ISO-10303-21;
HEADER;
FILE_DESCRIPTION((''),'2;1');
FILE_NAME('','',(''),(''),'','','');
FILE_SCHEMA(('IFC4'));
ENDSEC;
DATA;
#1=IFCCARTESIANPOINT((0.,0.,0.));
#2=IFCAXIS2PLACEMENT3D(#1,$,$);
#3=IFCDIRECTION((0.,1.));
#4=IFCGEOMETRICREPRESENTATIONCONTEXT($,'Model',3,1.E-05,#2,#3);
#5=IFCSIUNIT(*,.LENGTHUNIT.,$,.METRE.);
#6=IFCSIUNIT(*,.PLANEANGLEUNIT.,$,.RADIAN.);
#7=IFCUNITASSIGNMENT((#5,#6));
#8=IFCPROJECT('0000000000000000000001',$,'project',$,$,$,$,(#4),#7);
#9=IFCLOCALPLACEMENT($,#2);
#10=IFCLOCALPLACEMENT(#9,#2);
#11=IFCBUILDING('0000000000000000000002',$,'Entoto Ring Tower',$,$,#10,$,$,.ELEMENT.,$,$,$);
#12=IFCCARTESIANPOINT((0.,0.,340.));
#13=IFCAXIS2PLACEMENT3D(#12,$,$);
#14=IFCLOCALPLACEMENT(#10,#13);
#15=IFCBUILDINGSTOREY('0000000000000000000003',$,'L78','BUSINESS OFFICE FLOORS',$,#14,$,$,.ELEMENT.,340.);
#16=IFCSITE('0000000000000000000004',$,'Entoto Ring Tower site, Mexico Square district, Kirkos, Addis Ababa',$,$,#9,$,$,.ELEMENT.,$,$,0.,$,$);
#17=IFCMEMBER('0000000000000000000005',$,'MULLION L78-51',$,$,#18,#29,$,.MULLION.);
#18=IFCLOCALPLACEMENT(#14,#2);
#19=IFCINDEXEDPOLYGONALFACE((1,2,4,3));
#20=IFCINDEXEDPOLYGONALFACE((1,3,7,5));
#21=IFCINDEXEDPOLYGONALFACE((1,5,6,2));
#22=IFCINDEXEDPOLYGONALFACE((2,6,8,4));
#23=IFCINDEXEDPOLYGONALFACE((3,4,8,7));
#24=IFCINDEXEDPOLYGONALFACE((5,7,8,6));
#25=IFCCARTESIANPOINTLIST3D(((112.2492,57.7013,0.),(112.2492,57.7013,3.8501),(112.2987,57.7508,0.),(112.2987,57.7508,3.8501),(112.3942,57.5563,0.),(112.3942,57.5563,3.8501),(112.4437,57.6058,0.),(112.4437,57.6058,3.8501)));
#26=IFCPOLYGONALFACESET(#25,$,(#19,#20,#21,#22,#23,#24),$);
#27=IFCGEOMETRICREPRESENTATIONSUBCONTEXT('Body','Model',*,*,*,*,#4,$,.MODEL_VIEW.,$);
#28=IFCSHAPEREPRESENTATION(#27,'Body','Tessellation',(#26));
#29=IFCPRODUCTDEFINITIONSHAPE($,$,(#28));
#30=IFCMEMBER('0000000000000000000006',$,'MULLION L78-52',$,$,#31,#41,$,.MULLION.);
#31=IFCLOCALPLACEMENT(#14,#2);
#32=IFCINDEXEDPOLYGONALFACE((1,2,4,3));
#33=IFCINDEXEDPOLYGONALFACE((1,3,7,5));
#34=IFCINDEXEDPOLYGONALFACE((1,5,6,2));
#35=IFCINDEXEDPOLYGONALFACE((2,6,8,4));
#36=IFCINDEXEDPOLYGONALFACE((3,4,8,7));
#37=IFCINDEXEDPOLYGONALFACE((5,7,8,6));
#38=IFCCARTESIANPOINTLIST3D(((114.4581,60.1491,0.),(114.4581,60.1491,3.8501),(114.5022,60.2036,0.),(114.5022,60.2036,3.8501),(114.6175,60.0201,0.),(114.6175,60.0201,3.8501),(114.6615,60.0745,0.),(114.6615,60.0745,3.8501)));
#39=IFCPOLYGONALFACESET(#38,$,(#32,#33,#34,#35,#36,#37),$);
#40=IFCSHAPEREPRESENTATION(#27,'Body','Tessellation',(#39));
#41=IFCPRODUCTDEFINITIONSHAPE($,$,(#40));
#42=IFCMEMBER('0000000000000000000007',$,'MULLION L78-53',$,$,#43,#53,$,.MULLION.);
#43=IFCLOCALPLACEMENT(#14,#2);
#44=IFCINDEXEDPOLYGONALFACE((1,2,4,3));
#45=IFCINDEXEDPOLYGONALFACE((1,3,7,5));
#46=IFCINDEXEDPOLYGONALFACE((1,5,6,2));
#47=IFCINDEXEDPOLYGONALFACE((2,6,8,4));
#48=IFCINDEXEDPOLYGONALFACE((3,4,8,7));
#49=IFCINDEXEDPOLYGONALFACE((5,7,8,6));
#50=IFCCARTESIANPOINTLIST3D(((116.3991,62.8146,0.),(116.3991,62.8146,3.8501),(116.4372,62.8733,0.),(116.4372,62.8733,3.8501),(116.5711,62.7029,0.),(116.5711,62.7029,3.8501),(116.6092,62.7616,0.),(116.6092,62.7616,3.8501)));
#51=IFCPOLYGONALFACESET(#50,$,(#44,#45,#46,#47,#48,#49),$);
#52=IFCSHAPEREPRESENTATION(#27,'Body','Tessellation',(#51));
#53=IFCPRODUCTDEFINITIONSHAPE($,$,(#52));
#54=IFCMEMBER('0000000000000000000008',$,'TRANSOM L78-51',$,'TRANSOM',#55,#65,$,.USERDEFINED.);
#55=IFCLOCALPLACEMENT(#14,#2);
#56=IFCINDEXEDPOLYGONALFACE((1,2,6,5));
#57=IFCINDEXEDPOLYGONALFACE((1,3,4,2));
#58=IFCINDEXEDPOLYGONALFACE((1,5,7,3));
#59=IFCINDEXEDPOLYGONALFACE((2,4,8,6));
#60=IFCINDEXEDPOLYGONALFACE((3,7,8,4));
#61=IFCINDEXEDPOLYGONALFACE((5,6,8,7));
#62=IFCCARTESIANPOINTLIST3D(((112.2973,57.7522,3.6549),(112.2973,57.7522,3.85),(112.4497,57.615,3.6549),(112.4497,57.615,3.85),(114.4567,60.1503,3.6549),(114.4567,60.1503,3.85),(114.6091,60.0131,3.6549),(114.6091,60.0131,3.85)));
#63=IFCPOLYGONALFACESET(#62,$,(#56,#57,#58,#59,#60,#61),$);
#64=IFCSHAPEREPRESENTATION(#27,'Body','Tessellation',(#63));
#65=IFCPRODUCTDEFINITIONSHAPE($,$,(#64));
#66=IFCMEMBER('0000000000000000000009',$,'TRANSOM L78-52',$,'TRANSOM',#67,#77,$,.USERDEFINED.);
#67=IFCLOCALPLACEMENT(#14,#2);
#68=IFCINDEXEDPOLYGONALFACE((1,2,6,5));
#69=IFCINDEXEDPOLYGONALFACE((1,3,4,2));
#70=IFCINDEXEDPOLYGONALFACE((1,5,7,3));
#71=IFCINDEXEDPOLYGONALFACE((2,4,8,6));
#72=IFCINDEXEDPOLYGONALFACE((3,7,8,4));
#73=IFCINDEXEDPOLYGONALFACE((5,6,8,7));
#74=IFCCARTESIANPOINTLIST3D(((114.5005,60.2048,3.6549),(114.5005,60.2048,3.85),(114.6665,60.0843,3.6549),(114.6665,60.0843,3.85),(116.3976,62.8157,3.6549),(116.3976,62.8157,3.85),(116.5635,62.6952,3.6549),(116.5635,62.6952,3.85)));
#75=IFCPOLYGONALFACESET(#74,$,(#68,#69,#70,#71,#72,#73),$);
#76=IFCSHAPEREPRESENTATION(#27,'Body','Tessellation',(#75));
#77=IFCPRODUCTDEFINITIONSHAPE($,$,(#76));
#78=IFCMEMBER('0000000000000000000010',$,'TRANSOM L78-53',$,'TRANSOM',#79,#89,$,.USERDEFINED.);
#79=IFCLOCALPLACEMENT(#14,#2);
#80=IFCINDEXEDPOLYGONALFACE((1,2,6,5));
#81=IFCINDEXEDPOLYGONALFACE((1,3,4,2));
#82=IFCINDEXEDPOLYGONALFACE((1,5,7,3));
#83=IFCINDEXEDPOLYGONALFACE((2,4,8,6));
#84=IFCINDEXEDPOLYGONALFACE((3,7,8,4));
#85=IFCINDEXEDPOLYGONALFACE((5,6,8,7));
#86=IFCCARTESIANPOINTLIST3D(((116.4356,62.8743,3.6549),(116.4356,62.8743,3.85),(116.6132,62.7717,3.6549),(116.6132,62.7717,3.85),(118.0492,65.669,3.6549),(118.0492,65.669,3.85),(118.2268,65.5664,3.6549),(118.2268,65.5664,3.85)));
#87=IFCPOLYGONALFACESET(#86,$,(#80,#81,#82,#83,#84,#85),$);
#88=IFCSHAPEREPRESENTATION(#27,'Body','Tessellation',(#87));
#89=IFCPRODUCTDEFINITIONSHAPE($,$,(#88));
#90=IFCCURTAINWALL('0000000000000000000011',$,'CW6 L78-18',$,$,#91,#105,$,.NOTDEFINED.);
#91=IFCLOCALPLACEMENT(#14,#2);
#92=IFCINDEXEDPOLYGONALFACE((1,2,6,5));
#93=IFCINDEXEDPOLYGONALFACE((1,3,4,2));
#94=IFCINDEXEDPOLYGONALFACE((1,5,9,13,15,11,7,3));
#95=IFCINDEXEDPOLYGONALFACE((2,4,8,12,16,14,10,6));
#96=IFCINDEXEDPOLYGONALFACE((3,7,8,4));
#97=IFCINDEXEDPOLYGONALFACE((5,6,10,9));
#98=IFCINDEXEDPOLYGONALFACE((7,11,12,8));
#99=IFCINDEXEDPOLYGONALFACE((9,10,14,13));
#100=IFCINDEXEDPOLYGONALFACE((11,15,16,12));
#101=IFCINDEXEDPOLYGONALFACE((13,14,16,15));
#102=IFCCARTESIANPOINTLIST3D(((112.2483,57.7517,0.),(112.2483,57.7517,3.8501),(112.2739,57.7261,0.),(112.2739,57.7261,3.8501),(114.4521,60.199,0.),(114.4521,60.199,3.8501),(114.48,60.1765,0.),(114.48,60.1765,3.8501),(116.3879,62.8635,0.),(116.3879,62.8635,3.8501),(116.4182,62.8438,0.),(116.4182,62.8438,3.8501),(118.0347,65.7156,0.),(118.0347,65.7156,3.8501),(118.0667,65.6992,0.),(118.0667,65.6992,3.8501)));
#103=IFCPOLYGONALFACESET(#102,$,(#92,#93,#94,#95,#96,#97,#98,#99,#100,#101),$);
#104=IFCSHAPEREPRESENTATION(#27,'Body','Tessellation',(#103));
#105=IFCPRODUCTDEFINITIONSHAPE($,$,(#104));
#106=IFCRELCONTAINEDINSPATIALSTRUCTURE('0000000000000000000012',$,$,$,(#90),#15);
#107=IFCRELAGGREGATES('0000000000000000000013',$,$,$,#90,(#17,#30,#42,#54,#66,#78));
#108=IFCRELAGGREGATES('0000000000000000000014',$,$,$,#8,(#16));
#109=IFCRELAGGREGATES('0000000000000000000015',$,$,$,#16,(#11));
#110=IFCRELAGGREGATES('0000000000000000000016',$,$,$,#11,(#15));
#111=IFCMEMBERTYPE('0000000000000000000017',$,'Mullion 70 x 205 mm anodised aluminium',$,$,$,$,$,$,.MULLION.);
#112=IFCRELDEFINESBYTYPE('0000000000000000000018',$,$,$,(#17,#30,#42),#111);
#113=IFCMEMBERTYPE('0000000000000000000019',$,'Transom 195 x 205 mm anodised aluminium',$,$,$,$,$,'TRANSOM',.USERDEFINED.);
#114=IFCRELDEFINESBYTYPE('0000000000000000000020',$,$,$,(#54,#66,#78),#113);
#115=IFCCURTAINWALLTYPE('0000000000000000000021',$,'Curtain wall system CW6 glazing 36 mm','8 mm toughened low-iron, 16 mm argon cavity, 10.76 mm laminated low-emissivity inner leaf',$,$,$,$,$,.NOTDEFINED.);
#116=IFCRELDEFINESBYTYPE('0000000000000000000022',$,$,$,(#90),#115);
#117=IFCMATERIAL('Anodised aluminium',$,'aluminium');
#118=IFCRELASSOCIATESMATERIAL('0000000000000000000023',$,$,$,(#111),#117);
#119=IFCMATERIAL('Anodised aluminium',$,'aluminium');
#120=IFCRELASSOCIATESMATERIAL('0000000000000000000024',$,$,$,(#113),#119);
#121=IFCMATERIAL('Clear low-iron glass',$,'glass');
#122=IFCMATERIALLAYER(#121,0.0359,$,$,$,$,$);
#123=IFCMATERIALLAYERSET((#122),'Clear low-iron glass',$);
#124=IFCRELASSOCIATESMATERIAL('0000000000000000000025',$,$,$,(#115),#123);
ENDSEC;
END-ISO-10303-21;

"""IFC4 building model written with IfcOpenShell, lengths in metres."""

from ifc_helpers import new_model, si_unit, direction, frame, origin, origin_2d, place, context, subcontext, project, spatial, polyline, rectangle, outline, extrude, material, layer, layer_set, material_profile, profile_set, type_object, element, aggregate, save


model = new_model("IFC4")

# Units and contexts
model_context = context("Model", 3, precision=1e-05, world=origin(), true_north=direction((0.0, 1.0)))
body_context = subcontext(model_context, "Body", "Model", "MODEL_VIEW")
ifc_project = project(units=[si_unit("LENGTHUNIT", "METRE"), si_unit("PLANEANGLEUNIT", "RADIAN")], contexts=[model_context])

# Members
ifc_material_1 = material(Name="Anodised aluminium", Category="aluminium")
ifc_material_profile_1 = material_profile(ifc_material_1, rectangle(XDim=0.0701, YDim=0.2051, at=origin_2d()), Name="Mullion 70 x 205 mm anodised aluminium")
ifc_profile_set_1 = profile_set([ifc_material_profile_1], Name="Anodised aluminium")
member_type_1 = type_object("IfcMemberType", Name="Mullion 70 x 205 mm anodised aluminium", PredefinedType="MULLION", material=ifc_profile_set_1)
site_placement = place(None, origin())
building_placement = place(site_placement, origin())
storey_placement = place(building_placement, frame((0.0, 0.0, 340.0)))
member_1_placement = place(storey_placement, frame((112.3464, 57.6536, 0.0), z_axis=(0.0, 0.0, 1.0), x_axis=(0.707107, 0.707107, 0.0)))
member_1 = element("IfcMember", 1, at=member_1_placement, type_object=member_type_1, Name="MULLION L78-51", PredefinedType="MULLION", context=body_context, shape_type="SweptSolid", body=[
    extrude(rectangle(XDim=0.0701, YDim=0.2051, at=origin_2d()), origin(), (0.0, 0.0, 1.0), 3.8501),
])
member_2_placement = place(storey_placement, frame((114.5598, 60.1118, 0.0), z_axis=(0.0, 0.0, 1.0), x_axis=(0.62932, 0.777146, 0.0)))
member_2 = element("IfcMember", 2, at=member_2_placement, type_object=member_type_1, Name="MULLION L78-52", PredefinedType="MULLION", context=body_context, shape_type="SweptSolid", body=[
    extrude(rectangle(XDim=0.0701, YDim=0.2051, at=origin_2d()), origin(), (0.0, 0.0, 1.0), 3.8501),
])
member_3_placement = place(storey_placement, frame((116.5042, 62.7881, 0.0), z_axis=(0.0, 0.0, 1.0), x_axis=(0.544639, 0.838671, 0.0)))
member_3 = element("IfcMember", 3, at=member_3_placement, type_object=member_type_1, Name="MULLION L78-53", PredefinedType="MULLION", context=body_context, shape_type="SweptSolid", body=[
    extrude(rectangle(XDim=0.0701, YDim=0.2051, at=origin_2d()), origin(), (0.0, 0.0, 1.0), 3.8501),
])
ifc_material_2 = material(Name="Anodised aluminium", Category="aluminium")
ifc_material_profile_2 = material_profile(ifc_material_2, rectangle(XDim=0.2051, YDim=0.1951, at=origin_2d()), Name="Transom 195 x 205 mm anodised aluminium")
ifc_profile_set_2 = profile_set([ifc_material_profile_2], Name="Anodised aluminium")
member_type_2 = type_object("IfcMemberType", Name="Transom 195 x 205 mm anodised aluminium", ElementType="TRANSOM", PredefinedType="USERDEFINED", material=ifc_profile_set_2)
member_4_placement = place(storey_placement, frame((112.3735, 57.6836, 3.7524), z_axis=(0.669144, 0.743132, 0.0), x_axis=(-0.743132, 0.669144, 0.0)))
member_4 = element("IfcMember", 4, at=member_4_placement, type_object=member_type_2, Name="TRANSOM L78-51", ObjectType="TRANSOM", PredefinedType="USERDEFINED", context=body_context, shape_type="SweptSolid", body=[
    extrude(rectangle(XDim=0.2051, YDim=0.1951, at=origin_2d()), origin(), (0.0, 0.0, 1.0), 3.2271),
])
member_5_placement = place(storey_placement, frame((114.5835, 60.1445, 3.7524), z_axis=(0.587803, 0.809004, 0.0), x_axis=(-0.809004, 0.587803, 0.0)))
member_5 = element("IfcMember", 5, at=member_5_placement, type_object=member_type_2, Name="TRANSOM L78-52", ObjectType="TRANSOM", PredefinedType="USERDEFINED", context=body_context, shape_type="SweptSolid", body=[
    extrude(rectangle(XDim=0.2051, YDim=0.1951, at=origin_2d()), origin(), (0.0, 0.0, 1.0), 3.2273),
])
member_6_placement = place(storey_placement, frame((116.5244, 62.823, 3.7524), z_axis=(0.500004, 0.866023, 0.0), x_axis=(-0.866023, 0.500004, 0.0)))
member_6 = element("IfcMember", 6, at=member_6_placement, type_object=member_type_2, Name="TRANSOM L78-53", ObjectType="TRANSOM", PredefinedType="USERDEFINED", context=body_context, shape_type="SweptSolid", body=[
    extrude(rectangle(XDim=0.2051, YDim=0.1951, at=origin_2d()), origin(), (0.0, 0.0, 1.0), 3.2271),
])

# Site, building, storey
site = spatial("IfcSite", under=ifc_project, at=site_placement, Name="Entoto Ring Tower site, Mexico Square district, Kirkos, Addis Ababa", CompositionType="ELEMENT", RefElevation=0.0)
building = spatial("IfcBuilding", under=site, at=building_placement, Name="Entoto Ring Tower", CompositionType="ELEMENT")
storey = spatial("IfcBuildingStorey", under=building, at=storey_placement, Name="L78", Description="BUSINESS OFFICE FLOORS", CompositionType="ELEMENT", Elevation=340.0)

# Curtain wall
ifc_material_3 = material(Name="Clear low-iron glass", Category="glass")
ifc_layer_1 = layer(ifc_material_3, 0.0359)
ifc_layer_set_1 = layer_set([ifc_layer_1], Name="Clear low-iron glass")
curtain_wall_type = type_object("IfcCurtainWallType", Name="Curtain wall system CW6 glazing 36 mm", Description="8 mm toughened low-iron, 16 mm argon cavity, 10.76 mm laminated low-emissivity inner leaf", PredefinedType="NOTDEFINED", material=ifc_layer_set_1)
curtain_wall_1_placement = place(storey_placement, origin())
curtain_wall_1 = element("IfcCurtainWall", 7, at=curtain_wall_1_placement, inside=storey, type_object=curtain_wall_type, Name="CW6 L78-18", PredefinedType="NOTDEFINED", context=body_context, shape_type="SweptSolid", body=[
    extrude(outline(polyline([(112.2739, 57.7261), (114.48, 60.1765), (116.4182, 62.8438), (118.0667, 65.6992), (118.0347, 65.7156), (116.3879, 62.8635), (114.4521, 60.199), (112.2483, 57.7517), (112.2739, 57.7261)])), origin(), (0.0, 0.0, 1.0), 3.8501),
])
aggregate(curtain_wall_1, [member_1, member_2, member_3, member_4, member_5, member_6])

save(model, "model.ifc")
